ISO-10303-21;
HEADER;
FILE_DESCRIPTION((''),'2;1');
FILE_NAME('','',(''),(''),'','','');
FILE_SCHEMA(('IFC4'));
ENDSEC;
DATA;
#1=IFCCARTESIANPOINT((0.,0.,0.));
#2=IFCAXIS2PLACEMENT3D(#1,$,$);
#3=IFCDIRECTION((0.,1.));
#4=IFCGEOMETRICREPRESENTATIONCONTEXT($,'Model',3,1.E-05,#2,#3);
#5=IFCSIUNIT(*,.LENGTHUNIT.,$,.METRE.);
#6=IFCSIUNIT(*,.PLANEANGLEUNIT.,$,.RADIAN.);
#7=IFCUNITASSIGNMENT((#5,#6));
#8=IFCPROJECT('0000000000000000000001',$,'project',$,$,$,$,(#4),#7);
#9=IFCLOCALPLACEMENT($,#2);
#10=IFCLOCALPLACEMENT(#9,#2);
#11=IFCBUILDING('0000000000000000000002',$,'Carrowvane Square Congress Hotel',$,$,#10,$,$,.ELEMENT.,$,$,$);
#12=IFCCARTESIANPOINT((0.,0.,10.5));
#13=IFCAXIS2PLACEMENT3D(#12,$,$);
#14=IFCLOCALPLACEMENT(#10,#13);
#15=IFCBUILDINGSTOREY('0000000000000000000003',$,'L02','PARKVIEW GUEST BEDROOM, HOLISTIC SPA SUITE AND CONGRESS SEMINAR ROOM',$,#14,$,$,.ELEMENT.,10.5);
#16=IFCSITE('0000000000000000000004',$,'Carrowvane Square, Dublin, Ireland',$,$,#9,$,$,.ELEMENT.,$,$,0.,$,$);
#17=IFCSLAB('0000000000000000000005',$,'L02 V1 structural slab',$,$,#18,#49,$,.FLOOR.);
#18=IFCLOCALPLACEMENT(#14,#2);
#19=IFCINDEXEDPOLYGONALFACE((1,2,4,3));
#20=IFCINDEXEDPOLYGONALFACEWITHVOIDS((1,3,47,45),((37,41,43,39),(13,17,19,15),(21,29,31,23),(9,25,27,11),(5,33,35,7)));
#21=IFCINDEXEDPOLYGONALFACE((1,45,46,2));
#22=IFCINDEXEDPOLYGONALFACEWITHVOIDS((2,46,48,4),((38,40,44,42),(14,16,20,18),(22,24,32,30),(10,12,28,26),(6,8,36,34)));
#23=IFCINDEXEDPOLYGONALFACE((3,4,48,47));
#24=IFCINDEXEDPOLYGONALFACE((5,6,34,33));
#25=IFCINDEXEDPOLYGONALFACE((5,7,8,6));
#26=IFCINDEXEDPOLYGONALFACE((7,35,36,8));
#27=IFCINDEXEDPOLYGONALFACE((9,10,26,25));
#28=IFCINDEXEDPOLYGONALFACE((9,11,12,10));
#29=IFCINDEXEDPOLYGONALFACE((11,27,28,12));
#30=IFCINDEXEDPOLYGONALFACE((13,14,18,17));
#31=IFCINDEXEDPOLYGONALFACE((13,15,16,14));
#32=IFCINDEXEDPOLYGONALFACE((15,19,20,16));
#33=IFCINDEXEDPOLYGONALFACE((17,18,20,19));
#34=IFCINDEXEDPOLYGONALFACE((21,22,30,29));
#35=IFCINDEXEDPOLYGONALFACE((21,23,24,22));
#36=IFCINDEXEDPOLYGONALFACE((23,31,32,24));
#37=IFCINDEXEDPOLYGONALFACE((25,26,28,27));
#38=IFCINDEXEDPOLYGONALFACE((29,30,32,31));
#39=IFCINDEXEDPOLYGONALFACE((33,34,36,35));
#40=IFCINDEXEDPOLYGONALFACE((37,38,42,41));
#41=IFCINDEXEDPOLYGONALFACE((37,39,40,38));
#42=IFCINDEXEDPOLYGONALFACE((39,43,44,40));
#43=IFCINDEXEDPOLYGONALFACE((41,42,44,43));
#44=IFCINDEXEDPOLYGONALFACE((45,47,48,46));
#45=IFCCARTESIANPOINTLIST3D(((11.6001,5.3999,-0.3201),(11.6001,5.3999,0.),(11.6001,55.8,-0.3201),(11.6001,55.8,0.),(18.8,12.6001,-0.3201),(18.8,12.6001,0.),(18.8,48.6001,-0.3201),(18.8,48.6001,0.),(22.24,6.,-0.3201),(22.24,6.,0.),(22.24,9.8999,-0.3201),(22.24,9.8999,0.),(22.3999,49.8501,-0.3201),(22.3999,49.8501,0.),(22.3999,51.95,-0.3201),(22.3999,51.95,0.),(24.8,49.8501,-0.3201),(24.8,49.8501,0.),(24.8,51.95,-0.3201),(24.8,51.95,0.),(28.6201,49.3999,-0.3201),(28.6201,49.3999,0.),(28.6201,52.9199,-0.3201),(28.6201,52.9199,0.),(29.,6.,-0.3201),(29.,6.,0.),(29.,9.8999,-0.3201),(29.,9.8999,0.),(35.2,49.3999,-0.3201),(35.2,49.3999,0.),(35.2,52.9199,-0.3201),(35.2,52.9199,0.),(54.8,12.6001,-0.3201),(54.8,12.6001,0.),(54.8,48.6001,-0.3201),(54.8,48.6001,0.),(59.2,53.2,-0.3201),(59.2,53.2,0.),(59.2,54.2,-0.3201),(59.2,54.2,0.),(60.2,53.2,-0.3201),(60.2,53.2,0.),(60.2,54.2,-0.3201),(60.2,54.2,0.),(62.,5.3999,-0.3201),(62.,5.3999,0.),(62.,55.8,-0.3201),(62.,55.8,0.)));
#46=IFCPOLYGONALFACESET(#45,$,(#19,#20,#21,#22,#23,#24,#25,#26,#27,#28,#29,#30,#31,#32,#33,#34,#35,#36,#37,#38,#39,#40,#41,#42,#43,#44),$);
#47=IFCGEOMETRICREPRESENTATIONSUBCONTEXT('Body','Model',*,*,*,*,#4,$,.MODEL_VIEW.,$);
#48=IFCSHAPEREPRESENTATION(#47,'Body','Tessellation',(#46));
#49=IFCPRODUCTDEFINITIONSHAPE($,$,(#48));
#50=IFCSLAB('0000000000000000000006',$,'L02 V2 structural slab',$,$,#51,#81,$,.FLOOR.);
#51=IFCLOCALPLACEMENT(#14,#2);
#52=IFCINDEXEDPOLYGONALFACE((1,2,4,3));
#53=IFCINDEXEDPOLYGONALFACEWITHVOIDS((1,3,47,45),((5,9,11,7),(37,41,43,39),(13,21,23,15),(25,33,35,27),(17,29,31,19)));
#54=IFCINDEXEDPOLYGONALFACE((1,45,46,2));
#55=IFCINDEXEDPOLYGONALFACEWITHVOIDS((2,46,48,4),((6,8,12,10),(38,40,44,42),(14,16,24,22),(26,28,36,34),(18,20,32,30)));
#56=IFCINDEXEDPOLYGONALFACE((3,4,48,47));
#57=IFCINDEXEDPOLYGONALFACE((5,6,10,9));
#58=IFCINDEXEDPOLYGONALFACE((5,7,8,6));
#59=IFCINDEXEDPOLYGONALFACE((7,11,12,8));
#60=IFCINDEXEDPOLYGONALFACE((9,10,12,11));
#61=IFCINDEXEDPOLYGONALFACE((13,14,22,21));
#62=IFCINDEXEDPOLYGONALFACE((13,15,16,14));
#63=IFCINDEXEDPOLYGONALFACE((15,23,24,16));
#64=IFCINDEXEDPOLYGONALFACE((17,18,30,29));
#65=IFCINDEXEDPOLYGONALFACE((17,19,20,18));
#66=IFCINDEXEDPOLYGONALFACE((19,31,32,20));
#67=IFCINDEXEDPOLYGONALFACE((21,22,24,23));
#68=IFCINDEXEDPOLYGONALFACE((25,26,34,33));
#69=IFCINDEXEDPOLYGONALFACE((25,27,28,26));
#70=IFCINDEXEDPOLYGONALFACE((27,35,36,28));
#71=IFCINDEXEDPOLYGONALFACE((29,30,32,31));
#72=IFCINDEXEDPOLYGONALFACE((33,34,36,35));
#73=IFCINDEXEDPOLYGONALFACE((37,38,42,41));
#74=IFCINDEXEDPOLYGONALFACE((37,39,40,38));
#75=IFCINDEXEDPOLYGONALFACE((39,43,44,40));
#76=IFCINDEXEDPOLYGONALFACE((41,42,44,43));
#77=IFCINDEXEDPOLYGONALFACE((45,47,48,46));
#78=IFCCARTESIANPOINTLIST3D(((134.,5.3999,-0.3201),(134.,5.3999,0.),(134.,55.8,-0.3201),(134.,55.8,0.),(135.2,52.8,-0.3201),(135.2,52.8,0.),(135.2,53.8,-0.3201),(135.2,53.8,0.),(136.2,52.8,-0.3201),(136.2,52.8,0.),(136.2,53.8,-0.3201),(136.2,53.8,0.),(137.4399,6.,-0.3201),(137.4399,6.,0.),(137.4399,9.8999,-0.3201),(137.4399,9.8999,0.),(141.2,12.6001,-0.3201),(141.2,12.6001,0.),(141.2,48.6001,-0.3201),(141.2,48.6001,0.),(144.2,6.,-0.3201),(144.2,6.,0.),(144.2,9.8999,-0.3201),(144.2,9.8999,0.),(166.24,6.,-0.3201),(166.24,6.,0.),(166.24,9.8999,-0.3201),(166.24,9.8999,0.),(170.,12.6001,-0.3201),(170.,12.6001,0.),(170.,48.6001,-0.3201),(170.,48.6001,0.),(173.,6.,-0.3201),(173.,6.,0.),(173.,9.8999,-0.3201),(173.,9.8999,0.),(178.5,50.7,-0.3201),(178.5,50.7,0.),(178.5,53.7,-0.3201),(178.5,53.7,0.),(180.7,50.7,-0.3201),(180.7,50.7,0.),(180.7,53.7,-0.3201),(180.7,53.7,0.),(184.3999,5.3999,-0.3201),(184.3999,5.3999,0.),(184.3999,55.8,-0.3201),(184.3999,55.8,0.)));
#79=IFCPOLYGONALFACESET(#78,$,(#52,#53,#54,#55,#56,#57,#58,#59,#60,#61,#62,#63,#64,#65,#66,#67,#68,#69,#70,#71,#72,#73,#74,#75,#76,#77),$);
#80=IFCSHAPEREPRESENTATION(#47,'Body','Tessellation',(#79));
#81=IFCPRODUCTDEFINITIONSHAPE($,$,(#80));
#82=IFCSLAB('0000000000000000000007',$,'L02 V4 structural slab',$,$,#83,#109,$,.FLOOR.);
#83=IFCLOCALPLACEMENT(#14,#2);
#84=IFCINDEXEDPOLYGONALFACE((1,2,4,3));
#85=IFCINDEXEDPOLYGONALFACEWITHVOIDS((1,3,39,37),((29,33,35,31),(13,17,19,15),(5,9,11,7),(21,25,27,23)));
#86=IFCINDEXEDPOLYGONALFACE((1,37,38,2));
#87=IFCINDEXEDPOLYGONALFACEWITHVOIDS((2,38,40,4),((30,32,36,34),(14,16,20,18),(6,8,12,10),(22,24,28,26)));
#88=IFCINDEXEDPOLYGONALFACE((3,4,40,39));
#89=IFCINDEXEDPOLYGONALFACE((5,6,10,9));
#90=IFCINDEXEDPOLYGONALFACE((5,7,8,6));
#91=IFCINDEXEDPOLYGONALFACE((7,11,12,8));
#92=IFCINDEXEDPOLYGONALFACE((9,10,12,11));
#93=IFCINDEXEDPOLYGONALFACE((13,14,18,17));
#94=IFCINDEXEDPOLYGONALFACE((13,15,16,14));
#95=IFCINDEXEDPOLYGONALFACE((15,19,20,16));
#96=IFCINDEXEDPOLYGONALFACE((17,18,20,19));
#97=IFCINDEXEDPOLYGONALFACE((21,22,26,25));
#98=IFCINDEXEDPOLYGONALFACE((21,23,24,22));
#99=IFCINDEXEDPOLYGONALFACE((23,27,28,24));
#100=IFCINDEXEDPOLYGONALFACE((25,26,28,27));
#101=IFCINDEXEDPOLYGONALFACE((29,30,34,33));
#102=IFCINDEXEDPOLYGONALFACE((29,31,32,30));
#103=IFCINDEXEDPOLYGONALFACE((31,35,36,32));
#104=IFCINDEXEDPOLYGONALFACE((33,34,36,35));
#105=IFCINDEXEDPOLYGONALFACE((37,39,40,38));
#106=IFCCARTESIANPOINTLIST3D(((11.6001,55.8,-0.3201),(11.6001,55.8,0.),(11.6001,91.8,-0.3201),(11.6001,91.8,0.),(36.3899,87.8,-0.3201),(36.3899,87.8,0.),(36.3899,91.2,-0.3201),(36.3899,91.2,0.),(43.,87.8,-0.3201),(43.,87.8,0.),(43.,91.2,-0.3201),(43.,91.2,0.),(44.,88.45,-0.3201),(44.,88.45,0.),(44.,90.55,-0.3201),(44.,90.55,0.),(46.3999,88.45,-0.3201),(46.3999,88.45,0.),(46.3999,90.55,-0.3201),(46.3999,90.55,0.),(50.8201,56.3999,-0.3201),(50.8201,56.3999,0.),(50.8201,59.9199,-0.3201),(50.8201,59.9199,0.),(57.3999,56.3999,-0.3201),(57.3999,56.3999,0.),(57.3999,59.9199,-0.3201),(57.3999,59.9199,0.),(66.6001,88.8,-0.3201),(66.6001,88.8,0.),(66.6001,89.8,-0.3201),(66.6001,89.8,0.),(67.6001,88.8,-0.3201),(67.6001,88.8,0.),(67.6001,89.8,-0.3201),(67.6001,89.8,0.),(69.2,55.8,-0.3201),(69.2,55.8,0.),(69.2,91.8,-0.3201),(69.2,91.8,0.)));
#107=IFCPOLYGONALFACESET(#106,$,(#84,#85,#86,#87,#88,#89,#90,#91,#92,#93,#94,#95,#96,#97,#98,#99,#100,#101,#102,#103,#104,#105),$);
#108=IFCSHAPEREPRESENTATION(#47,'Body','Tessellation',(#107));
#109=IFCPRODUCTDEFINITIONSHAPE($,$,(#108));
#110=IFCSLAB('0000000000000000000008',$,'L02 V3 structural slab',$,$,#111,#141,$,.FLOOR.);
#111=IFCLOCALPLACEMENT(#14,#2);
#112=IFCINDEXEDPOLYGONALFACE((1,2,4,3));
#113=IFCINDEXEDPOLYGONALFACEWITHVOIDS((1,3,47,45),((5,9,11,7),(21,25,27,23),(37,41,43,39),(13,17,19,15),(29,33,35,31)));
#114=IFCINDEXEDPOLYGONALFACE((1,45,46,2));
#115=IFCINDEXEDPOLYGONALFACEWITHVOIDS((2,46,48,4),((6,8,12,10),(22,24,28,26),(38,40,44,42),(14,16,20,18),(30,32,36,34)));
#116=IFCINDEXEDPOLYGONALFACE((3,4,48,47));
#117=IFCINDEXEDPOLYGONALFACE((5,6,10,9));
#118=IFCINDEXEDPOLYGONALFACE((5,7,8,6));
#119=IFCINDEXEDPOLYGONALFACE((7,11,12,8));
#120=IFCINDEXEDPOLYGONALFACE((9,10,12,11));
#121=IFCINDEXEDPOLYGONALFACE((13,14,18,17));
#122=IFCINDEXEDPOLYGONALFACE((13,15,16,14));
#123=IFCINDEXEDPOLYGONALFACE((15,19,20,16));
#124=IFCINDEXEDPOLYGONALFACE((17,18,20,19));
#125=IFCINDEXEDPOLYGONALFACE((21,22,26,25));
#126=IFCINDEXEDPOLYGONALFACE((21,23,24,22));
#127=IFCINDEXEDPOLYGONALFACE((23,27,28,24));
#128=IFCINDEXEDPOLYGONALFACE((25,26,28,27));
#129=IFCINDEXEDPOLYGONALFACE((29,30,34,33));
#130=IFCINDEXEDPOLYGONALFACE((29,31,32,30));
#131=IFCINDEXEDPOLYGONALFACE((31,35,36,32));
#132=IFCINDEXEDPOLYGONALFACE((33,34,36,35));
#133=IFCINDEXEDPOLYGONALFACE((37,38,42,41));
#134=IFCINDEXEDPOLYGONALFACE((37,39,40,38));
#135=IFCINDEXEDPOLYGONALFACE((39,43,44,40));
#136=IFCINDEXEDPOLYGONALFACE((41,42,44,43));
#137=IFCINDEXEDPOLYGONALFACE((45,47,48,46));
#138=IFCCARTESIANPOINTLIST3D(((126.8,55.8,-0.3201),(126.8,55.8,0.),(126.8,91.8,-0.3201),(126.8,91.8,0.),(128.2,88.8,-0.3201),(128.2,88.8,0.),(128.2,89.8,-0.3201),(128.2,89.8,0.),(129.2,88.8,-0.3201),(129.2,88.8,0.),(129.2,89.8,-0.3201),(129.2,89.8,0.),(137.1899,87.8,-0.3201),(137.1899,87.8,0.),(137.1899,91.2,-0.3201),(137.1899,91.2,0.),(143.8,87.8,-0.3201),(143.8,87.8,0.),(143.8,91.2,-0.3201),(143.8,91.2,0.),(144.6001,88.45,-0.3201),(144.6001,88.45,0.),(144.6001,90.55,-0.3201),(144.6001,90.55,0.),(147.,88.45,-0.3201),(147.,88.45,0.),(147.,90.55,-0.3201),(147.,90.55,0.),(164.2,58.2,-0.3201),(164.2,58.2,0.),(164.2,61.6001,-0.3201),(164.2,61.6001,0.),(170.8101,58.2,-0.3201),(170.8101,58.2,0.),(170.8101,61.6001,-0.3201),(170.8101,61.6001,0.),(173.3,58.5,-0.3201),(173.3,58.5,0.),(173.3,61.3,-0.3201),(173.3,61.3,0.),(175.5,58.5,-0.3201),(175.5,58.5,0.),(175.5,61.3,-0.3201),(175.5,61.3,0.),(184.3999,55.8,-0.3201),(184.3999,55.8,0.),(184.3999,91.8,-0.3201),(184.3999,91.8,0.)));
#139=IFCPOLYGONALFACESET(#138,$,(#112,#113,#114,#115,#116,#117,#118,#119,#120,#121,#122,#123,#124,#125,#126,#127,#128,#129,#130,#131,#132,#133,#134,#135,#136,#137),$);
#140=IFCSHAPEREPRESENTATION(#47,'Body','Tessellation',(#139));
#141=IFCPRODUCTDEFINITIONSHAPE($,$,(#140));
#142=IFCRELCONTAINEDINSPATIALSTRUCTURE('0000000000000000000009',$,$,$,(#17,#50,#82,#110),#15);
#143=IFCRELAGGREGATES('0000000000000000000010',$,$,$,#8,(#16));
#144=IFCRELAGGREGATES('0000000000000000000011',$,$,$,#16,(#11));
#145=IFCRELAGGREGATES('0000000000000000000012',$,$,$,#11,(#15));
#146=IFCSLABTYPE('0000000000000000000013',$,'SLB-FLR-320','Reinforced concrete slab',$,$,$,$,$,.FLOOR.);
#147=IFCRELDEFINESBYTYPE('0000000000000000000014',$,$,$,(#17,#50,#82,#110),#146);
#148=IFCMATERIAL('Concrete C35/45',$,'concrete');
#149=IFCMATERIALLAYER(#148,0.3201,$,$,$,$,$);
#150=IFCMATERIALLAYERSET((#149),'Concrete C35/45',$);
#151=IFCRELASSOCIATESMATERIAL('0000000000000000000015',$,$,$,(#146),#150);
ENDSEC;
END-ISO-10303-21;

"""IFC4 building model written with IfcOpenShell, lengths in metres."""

from ifc_helpers import new_model, si_unit, direction, frame, origin, place, context, subcontext, project, spatial, polyline, outline, extrude, material, layer, layer_set, type_object, element, save


model = new_model("IFC4")

# Units and contexts
model_context = context("Model", 3, precision=1e-05, world=origin(), true_north=direction((0.0, 1.0)))
body_context = subcontext(model_context, "Body", "Model", "MODEL_VIEW")
ifc_project = project(units=[si_unit("LENGTHUNIT", "METRE"), si_unit("PLANEANGLEUNIT", "RADIAN")], contexts=[model_context])

# Site, building, storey
site_placement = place(None, origin())
site = spatial("IfcSite", under=ifc_project, at=site_placement, Name="Carrowvane Square, Dublin, Ireland", CompositionType="ELEMENT", RefElevation=0.0)
building_placement = place(site_placement, origin())
building = spatial("IfcBuilding", under=site, at=building_placement, Name="Carrowvane Square Congress Hotel", CompositionType="ELEMENT")
storey_placement = place(building_placement, frame((0.0, 0.0, 10.5)))
storey = spatial("IfcBuildingStorey", under=building, at=storey_placement, Name="L02", Description="PARKVIEW GUEST BEDROOM, HOLISTIC SPA SUITE AND CONGRESS SEMINAR ROOM", CompositionType="ELEMENT", Elevation=10.5)

# Slabs
ifc_material_1 = material(Name="Concrete C35/45", Category="concrete")
ifc_layer_1 = layer(ifc_material_1, 0.3201)
ifc_layer_set_1 = layer_set([ifc_layer_1], Name="Concrete C35/45")
slab_type_1 = type_object("IfcSlabType", Name="SLB-FLR-320", Description="Reinforced concrete slab", PredefinedType="FLOOR", material=ifc_layer_set_1)
slab_1_placement = place(storey_placement, frame((0.0, 0.0, -0.3201)))
element("IfcSlab", 1, at=slab_1_placement, inside=storey, type_object=slab_type_1, Name="L02 V1 structural slab", PredefinedType="FLOOR", context=body_context, shape_type="SweptSolid", body=[
    extrude(outline(polyline([(11.6001, 5.3999), (62.0, 5.3999), (62.0, 55.8), (11.6001, 55.8), (11.6001, 5.3999)]), holes=[polyline([(28.6201, 49.3999), (35.2, 49.3999), (35.2, 52.9199), (28.6201, 52.9199), (28.6201, 49.3999)]), polyline([(22.24, 6.0), (29.0, 6.0), (29.0, 9.8999), (22.24, 9.8999), (22.24, 6.0)]), polyline([(59.2, 53.2), (60.2, 53.2), (60.2, 54.2), (59.2, 54.2), (59.2, 53.2)]), polyline([(22.3999, 49.8501), (24.8, 49.8501), (24.8, 51.95), (22.3999, 51.95), (22.3999, 49.8501)]), polyline([(18.8, 12.6001), (54.8, 12.6001), (54.8, 48.6001), (18.8, 48.6001), (18.8, 12.6001)])]), origin(), (0.0, 0.0, 1.0), 0.3201),
])
slab_2_placement = place(storey_placement, frame((0.0, 0.0, -0.3201)))
element("IfcSlab", 2, at=slab_2_placement, inside=storey, type_object=slab_type_1, Name="L02 V2 structural slab", PredefinedType="FLOOR", context=body_context, shape_type="SweptSolid", body=[
    extrude(outline(polyline([(134.0, 5.3999), (184.3999, 5.3999), (184.3999, 55.8), (134.0, 55.8), (134.0, 5.3999)]), holes=[polyline([(137.4399, 6.0), (144.2, 6.0), (144.2, 9.8999), (137.4399, 9.8999), (137.4399, 6.0)]), polyline([(166.24, 6.0), (173.0, 6.0), (173.0, 9.8999), (166.24, 9.8999), (166.24, 6.0)]), polyline([(135.2, 52.8), (136.2, 52.8), (136.2, 53.8), (135.2, 53.8), (135.2, 52.8)]), polyline([(178.5, 50.7), (180.7, 50.7), (180.7, 53.7), (178.5, 53.7), (178.5, 50.7)]), polyline([(141.2, 12.6001), (170.0, 12.6001), (170.0, 48.6001), (141.2, 48.6001), (141.2, 12.6001)])]), origin(), (0.0, 0.0, 1.0), 0.3201),
])
slab_3_placement = place(storey_placement, frame((0.0, 0.0, -0.3201)))
element("IfcSlab", 3, at=slab_3_placement, inside=storey, type_object=slab_type_1, Name="L02 V4 structural slab", PredefinedType="FLOOR", context=body_context, shape_type="SweptSolid", body=[
    extrude(outline(polyline([(11.6001, 55.8), (69.2, 55.8), (69.2, 91.8), (11.6001, 91.8), (11.6001, 55.8)]), holes=[polyline([(36.3899, 87.8), (43.0, 87.8), (43.0, 91.2), (36.3899, 91.2), (36.3899, 87.8)]), polyline([(50.8201, 56.3999), (57.3999, 56.3999), (57.3999, 59.9199), (50.8201, 59.9199), (50.8201, 56.3999)]), polyline([(66.6001, 88.8), (67.6001, 88.8), (67.6001, 89.8), (66.6001, 89.8), (66.6001, 88.8)]), polyline([(44.0, 88.45), (46.3999, 88.45), (46.3999, 90.55), (44.0, 90.55), (44.0, 88.45)])]), origin(), (0.0, 0.0, 1.0), 0.3201),
])
slab_4_placement = place(storey_placement, frame((0.0, 0.0, -0.3201)))
element("IfcSlab", 4, at=slab_4_placement, inside=storey, type_object=slab_type_1, Name="L02 V3 structural slab", PredefinedType="FLOOR", context=body_context, shape_type="SweptSolid", body=[
    extrude(outline(polyline([(126.8, 55.8), (184.3999, 55.8), (184.3999, 91.8), (126.8, 91.8), (126.8, 55.8)]), holes=[polyline([(170.8101, 61.6001), (164.2, 61.6001), (164.2, 58.2), (170.8101, 58.2), (170.8101, 61.6001)]), polyline([(137.1899, 87.8), (143.8, 87.8), (143.8, 91.2), (137.1899, 91.2), (137.1899, 87.8)]), polyline([(128.2, 88.8), (129.2, 88.8), (129.2, 89.8), (128.2, 89.8), (128.2, 88.8)]), polyline([(173.3, 58.5), (175.5, 58.5), (175.5, 61.3), (173.3, 61.3), (173.3, 58.5)]), polyline([(144.6001, 88.45), (147.0, 88.45), (147.0, 90.55), (144.6001, 90.55), (144.6001, 88.45)])]), origin(), (0.0, 0.0, 1.0), 0.3201),
])

save(model, "model.ifc")
